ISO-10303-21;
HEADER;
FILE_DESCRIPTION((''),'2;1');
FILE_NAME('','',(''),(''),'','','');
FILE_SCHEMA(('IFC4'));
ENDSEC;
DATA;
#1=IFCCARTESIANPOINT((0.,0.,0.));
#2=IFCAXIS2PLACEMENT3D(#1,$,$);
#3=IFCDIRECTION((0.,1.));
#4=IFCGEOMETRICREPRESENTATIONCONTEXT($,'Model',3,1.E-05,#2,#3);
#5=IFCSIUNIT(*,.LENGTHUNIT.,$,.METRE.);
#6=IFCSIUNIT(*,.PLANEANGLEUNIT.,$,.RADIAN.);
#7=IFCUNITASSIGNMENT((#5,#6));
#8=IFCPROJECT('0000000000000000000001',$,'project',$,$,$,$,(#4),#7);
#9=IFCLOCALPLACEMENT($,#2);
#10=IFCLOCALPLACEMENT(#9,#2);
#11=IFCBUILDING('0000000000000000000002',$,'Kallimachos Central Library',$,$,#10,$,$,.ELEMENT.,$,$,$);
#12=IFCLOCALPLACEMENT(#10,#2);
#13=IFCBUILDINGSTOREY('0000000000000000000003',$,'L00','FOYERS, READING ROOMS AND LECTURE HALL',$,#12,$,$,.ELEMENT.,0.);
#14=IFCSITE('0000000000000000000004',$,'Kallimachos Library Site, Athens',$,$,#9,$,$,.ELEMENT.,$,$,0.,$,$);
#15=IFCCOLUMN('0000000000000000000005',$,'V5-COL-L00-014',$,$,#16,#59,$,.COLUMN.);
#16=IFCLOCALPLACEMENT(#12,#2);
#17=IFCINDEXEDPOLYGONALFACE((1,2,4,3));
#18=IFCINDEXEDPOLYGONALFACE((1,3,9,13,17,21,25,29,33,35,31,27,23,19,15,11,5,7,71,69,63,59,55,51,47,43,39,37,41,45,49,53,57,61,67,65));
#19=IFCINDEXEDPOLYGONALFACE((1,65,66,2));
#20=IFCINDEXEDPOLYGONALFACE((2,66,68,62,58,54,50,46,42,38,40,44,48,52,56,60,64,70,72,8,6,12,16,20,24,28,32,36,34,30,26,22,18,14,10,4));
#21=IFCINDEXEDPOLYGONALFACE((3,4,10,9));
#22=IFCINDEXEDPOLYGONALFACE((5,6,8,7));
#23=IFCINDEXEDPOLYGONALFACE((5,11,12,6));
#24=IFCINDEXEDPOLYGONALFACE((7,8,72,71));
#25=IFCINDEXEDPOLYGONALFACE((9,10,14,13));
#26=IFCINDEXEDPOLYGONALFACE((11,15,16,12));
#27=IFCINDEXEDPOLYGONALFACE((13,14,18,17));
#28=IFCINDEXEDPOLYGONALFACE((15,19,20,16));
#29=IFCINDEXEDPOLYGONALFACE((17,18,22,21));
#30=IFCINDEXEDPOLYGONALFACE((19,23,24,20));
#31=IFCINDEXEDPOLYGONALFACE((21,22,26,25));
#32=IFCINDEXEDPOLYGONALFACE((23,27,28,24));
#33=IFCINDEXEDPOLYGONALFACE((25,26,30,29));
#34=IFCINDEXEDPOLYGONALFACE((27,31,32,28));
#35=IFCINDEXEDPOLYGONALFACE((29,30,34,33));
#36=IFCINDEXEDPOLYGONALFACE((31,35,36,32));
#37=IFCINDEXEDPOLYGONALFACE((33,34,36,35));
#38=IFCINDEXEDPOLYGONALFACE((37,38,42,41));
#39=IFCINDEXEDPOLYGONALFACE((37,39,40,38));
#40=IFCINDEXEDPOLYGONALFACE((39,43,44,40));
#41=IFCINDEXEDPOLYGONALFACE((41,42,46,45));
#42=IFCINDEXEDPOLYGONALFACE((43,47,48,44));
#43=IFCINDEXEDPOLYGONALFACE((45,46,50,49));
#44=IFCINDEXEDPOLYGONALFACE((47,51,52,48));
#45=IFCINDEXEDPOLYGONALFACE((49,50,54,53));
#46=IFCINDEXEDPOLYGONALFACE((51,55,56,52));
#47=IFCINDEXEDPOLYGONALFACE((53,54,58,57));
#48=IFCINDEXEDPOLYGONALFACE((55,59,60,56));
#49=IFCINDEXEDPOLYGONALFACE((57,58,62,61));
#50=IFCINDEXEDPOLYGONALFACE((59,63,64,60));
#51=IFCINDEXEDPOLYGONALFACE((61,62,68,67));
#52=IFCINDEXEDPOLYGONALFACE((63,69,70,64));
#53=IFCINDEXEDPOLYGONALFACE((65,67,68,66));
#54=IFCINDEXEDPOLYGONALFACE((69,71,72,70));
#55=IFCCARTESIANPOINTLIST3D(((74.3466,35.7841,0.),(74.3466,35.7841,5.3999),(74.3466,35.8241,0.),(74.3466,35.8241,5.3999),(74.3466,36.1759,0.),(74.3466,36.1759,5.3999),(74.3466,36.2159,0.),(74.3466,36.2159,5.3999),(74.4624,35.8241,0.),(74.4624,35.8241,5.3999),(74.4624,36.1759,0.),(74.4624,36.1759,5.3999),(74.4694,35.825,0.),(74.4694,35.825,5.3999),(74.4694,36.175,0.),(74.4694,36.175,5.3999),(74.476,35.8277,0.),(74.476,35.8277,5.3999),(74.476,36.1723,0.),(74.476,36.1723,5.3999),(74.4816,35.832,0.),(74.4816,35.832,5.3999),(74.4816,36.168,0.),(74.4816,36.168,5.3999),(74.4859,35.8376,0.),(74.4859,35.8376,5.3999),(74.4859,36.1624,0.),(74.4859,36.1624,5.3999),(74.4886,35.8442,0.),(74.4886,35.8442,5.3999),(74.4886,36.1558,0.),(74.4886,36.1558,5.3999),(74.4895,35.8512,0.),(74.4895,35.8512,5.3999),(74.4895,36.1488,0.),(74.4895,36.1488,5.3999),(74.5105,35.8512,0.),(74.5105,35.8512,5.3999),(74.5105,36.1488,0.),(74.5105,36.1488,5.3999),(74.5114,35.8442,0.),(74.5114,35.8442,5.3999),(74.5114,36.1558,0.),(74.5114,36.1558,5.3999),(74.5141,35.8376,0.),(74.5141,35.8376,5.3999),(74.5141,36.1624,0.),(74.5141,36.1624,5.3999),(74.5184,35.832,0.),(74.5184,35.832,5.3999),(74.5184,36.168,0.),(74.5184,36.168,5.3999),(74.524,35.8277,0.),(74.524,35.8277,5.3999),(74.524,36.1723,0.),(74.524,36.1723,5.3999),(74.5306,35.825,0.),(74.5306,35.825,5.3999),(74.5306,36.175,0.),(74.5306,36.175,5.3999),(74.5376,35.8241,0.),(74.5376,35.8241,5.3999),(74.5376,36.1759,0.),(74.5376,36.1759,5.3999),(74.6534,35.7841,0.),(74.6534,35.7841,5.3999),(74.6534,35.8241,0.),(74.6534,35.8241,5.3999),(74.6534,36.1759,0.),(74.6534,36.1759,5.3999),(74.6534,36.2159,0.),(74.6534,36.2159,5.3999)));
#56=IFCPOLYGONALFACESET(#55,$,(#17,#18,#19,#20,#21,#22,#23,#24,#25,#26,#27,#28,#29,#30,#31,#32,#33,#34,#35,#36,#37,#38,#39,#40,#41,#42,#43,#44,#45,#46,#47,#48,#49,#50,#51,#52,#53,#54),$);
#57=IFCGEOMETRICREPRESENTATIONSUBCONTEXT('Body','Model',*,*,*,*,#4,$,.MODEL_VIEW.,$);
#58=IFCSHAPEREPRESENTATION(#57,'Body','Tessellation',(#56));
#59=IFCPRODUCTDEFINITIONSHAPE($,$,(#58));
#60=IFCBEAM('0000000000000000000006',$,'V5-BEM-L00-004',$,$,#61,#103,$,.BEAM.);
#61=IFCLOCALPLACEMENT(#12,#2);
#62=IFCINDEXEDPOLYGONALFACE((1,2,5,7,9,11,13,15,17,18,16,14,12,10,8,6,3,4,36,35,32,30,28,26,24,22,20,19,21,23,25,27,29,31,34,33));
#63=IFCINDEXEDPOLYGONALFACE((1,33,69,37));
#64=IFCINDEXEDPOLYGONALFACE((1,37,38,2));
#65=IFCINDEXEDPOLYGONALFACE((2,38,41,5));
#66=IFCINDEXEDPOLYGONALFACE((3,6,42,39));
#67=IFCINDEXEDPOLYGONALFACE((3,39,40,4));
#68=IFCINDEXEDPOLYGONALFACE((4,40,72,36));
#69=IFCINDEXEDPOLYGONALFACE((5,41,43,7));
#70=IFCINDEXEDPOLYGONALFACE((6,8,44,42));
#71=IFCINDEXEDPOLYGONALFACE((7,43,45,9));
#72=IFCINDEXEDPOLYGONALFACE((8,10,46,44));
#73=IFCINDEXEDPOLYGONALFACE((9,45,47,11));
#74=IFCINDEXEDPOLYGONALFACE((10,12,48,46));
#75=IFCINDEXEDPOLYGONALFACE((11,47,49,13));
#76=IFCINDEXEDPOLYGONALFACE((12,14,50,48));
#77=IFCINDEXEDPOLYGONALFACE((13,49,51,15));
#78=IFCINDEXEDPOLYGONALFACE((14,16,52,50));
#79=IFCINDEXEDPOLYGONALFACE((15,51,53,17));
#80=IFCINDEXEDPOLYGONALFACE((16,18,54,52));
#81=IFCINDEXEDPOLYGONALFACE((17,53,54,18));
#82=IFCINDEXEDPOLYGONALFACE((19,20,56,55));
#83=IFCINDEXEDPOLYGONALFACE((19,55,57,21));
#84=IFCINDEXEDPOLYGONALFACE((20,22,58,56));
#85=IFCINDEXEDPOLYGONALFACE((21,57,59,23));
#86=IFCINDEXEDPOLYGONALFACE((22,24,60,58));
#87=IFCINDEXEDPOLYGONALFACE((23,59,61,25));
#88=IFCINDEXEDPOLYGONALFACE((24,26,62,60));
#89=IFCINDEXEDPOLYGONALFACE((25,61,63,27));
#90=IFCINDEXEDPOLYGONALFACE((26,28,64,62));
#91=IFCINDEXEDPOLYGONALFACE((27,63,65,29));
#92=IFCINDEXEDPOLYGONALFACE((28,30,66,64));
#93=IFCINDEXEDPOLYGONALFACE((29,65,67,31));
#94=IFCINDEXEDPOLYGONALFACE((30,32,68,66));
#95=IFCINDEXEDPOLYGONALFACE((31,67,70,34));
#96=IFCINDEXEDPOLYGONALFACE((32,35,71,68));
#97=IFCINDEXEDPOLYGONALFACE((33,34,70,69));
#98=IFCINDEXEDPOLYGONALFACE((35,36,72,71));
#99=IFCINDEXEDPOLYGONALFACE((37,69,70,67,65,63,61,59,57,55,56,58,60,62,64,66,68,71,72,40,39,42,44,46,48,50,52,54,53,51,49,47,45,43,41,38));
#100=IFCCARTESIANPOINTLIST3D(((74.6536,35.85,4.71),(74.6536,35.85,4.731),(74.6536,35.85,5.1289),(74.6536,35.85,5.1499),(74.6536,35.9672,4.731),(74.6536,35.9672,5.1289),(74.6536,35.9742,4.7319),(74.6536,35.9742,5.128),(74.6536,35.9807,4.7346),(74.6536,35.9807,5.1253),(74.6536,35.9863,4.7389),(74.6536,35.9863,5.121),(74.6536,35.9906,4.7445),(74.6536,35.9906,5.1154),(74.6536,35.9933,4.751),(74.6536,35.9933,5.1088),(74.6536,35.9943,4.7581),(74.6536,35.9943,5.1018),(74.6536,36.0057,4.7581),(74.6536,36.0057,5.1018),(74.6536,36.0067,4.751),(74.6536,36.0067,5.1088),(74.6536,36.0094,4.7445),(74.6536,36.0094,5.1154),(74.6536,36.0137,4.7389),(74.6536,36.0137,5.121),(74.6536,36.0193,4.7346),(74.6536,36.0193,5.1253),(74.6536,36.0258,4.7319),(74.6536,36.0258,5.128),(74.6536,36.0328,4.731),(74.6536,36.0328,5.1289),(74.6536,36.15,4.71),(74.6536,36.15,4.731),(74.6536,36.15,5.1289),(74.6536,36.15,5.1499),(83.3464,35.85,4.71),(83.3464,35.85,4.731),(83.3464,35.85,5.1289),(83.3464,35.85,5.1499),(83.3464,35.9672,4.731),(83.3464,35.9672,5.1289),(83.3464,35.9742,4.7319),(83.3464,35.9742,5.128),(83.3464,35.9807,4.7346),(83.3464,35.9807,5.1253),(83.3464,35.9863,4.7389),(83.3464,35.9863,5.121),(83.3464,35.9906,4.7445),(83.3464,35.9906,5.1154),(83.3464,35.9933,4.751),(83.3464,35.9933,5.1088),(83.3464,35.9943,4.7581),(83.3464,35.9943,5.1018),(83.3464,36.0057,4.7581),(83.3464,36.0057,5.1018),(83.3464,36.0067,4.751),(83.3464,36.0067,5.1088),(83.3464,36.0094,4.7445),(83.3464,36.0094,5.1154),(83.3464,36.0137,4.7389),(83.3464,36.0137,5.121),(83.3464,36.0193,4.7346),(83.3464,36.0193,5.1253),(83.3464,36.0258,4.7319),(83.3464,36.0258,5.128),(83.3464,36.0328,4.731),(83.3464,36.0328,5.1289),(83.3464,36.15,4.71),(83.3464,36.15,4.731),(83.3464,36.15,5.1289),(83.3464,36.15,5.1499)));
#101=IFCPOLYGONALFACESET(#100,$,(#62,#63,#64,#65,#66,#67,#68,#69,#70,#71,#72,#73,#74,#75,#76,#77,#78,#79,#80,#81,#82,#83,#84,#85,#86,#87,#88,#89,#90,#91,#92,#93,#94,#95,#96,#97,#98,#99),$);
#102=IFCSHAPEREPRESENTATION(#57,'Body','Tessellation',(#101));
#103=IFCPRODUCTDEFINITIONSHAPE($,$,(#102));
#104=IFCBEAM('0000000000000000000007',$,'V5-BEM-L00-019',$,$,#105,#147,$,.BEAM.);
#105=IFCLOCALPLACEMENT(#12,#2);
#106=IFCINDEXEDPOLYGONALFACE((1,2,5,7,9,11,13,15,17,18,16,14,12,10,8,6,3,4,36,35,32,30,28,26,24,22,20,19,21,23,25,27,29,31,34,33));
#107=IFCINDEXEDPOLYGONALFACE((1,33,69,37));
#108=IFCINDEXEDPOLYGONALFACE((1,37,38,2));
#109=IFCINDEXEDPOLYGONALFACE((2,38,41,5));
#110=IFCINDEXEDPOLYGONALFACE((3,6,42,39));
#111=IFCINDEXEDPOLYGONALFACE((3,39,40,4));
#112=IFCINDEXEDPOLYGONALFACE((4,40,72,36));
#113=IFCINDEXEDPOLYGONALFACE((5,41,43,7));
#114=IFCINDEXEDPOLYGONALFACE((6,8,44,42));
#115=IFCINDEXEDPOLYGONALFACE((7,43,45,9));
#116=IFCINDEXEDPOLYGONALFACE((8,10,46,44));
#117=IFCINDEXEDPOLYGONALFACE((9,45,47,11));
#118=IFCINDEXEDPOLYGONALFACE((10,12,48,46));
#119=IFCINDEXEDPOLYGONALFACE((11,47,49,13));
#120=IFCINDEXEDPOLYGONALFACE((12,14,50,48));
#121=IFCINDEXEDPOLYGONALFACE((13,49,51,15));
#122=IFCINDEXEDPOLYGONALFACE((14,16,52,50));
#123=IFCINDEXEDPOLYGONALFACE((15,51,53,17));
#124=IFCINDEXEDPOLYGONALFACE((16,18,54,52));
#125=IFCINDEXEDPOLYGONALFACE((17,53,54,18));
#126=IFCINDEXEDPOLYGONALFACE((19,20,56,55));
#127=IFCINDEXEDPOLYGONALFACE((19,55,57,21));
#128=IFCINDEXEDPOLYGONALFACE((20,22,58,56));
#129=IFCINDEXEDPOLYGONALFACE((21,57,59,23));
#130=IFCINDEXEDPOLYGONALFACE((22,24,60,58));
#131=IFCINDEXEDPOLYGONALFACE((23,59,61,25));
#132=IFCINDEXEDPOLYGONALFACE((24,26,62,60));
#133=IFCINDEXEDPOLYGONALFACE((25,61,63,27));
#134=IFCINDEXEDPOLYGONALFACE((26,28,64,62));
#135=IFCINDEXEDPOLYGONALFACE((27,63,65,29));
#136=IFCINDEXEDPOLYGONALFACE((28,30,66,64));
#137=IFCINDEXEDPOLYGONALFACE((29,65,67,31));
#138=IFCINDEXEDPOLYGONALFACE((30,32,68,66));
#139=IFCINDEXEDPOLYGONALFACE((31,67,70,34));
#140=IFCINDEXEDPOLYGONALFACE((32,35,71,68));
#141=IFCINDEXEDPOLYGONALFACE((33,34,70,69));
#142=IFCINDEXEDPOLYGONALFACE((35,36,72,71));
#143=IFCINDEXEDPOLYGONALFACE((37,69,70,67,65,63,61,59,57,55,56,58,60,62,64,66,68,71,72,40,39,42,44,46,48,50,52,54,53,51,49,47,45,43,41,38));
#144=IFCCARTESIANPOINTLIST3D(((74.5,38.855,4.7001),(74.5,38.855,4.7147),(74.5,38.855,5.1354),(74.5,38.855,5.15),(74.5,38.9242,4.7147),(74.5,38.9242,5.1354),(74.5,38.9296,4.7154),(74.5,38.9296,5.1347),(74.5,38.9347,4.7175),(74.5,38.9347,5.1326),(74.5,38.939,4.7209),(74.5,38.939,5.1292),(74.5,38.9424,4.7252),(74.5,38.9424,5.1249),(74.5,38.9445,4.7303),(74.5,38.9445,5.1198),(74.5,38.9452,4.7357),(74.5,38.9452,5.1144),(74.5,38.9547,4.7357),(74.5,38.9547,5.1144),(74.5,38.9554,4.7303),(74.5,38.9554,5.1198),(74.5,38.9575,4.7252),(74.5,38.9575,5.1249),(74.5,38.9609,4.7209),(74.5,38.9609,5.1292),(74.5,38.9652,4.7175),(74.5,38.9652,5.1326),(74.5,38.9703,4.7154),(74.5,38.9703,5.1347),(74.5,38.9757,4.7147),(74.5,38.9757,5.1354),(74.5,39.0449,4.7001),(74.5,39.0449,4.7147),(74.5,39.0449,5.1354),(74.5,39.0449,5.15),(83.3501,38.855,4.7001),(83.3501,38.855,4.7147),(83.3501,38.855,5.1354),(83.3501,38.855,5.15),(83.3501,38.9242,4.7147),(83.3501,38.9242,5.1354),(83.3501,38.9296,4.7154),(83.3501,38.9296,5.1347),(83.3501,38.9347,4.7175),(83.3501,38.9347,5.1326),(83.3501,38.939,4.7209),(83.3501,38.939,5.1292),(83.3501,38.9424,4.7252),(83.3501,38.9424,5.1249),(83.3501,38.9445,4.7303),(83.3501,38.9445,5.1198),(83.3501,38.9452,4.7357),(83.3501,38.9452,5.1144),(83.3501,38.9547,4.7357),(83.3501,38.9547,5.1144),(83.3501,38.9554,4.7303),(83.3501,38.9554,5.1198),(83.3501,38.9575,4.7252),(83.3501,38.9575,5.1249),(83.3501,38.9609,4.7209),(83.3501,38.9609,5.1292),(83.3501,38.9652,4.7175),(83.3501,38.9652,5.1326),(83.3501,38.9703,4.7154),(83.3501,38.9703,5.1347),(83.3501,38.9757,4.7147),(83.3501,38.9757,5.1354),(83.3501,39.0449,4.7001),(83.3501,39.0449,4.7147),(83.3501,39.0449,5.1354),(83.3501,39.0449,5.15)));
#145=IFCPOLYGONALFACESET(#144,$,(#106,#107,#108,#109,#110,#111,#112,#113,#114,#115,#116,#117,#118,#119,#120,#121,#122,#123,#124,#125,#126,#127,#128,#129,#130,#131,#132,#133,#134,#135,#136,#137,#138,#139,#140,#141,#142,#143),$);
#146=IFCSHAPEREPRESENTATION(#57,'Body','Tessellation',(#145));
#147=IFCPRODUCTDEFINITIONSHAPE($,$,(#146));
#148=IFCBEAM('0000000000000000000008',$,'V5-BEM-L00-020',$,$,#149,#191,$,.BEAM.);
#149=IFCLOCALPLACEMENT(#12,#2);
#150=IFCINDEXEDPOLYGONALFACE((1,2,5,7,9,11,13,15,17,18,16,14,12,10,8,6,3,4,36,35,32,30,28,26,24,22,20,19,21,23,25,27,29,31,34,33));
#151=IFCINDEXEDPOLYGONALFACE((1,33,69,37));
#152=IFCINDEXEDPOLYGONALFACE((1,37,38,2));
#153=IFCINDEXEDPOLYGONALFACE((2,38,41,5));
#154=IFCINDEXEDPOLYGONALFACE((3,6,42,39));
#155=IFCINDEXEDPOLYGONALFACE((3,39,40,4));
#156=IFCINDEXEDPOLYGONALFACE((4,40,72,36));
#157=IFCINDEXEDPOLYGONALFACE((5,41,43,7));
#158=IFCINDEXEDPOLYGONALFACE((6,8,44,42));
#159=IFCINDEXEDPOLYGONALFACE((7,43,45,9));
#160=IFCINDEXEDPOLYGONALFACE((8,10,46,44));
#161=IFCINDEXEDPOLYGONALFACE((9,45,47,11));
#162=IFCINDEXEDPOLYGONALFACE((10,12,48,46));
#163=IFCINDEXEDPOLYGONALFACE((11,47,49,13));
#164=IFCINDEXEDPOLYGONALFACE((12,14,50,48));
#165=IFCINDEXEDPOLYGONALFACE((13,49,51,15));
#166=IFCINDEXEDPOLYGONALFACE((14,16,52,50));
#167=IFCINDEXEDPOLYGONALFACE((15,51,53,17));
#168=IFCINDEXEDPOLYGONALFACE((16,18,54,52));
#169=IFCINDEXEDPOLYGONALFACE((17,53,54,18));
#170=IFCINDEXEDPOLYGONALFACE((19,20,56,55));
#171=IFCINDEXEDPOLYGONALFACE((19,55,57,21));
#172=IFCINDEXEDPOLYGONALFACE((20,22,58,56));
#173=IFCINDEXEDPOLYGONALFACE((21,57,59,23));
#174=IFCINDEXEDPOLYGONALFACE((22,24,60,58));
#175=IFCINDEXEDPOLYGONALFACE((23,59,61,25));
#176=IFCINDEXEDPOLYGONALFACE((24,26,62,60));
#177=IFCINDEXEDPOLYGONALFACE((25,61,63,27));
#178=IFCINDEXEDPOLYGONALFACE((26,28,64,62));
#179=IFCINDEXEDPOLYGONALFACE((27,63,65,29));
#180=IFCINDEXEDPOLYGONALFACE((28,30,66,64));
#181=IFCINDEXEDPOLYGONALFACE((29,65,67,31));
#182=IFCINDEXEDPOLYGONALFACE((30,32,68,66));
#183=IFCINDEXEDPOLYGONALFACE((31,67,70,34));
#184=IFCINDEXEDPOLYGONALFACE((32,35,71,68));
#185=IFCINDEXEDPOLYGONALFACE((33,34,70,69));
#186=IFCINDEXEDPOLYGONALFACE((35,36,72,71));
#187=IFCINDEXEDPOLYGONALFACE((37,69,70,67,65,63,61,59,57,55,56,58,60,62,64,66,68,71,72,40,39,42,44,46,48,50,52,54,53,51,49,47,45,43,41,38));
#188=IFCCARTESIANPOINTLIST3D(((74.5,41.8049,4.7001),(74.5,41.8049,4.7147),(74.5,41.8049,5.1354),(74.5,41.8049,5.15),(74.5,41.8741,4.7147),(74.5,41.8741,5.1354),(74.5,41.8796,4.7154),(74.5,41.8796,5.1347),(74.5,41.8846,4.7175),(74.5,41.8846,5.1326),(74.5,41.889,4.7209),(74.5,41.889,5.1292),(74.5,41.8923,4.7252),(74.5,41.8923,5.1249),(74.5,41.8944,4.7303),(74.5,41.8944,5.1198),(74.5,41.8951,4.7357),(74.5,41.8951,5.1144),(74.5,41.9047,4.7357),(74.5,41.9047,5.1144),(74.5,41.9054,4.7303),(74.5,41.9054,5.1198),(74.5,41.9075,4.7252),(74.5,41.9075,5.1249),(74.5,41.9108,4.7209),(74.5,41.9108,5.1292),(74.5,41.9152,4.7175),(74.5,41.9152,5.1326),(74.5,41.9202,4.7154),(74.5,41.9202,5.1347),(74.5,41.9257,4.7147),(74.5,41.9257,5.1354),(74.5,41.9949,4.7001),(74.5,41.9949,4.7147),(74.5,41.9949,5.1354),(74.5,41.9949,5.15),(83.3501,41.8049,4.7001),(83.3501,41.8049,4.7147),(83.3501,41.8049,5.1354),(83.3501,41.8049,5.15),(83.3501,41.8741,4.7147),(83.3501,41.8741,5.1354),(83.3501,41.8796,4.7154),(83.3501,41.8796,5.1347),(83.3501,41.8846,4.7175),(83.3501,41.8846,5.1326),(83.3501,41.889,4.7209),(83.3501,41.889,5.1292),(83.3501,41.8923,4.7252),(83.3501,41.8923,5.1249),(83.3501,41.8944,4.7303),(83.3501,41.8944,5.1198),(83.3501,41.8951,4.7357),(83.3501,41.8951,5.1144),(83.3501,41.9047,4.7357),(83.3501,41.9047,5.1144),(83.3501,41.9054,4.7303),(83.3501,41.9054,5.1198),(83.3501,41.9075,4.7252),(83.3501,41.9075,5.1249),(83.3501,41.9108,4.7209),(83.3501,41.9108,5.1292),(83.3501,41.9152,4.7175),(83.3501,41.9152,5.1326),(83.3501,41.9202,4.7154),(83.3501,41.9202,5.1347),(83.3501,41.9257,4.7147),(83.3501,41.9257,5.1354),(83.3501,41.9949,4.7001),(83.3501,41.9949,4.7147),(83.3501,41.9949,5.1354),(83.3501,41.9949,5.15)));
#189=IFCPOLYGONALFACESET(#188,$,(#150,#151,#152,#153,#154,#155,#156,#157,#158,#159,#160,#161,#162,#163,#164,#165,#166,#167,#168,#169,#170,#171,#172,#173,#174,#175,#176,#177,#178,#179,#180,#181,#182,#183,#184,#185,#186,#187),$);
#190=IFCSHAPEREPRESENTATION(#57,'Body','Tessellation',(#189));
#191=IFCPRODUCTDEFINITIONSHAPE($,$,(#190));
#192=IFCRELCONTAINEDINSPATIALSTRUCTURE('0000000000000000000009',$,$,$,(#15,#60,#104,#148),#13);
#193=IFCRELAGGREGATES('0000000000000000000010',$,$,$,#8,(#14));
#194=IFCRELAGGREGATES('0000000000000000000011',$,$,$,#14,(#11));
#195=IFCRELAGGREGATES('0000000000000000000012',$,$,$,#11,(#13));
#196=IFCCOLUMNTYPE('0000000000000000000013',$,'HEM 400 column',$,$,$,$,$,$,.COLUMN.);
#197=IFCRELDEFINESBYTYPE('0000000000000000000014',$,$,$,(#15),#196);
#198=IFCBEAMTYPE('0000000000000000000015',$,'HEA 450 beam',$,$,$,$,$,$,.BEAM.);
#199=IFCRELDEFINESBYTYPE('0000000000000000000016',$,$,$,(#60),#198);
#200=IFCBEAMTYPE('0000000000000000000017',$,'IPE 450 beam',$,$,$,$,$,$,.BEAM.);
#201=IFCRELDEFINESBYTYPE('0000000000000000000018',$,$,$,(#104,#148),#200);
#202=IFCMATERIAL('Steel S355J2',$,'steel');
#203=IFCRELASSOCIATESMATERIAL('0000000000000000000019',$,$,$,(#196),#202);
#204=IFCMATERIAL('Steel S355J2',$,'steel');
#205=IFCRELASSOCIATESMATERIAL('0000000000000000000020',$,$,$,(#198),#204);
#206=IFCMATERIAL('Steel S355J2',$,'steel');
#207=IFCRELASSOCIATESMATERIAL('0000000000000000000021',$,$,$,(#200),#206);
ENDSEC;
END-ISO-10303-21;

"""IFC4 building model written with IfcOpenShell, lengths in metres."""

from ifc_helpers import new_model, si_unit, direction, frame, origin, origin_2d, place, context, subcontext, project, spatial, i_section, extrude, material, material_profile, profile_set, type_object, element, save


model = new_model("IFC4")

# Units and contexts
model_context = context("Model", 3, precision=1e-05, world=origin(), true_north=direction((0.0, 1.0)))
body_context = subcontext(model_context, "Body", "Model", "MODEL_VIEW")
ifc_project = project(units=[si_unit("LENGTHUNIT", "METRE"), si_unit("PLANEANGLEUNIT", "RADIAN")], contexts=[model_context])

# Site, building, storey
site_placement = place(None, origin())
site = spatial("IfcSite", under=ifc_project, at=site_placement, Name="Kallimachos Library Site, Athens", CompositionType="ELEMENT", RefElevation=0.0)
building_placement = place(site_placement, origin())
building = spatial("IfcBuilding", under=site, at=building_placement, Name="Kallimachos Central Library", CompositionType="ELEMENT")
storey_placement = place(building_placement, origin())
storey = spatial("IfcBuildingStorey", under=building, at=storey_placement, Name="L00", Description="FOYERS, READING ROOMS AND LECTURE HALL", CompositionType="ELEMENT", Elevation=0.0)

# Column
ifc_material_1 = material(Name="Steel S355J2", Category="steel")
ifc_material_profile_1 = material_profile(ifc_material_1, i_section(OverallWidth=0.3069, OverallDepth=0.4319, WebThickness=0.021, FlangeThickness=0.04, FilletRadius=0.0271, at=origin_2d()), Name="HEM 400")
ifc_profile_set_1 = profile_set([ifc_material_profile_1], Name="Steel S355J2")
column_type_1 = type_object("IfcColumnType", Name="HEM 400 column", PredefinedType="COLUMN", material=ifc_profile_set_1)
column_1_placement = place(storey_placement, frame((74.5, 36.0, 0.0), z_axis=(0.0, 0.0, 1.0), x_axis=(1.0, 0.0, 0.0)))
element("IfcColumn", 1, at=column_1_placement, inside=storey, type_object=column_type_1, Name="V5-COL-L00-014", PredefinedType="COLUMN", context=body_context, shape_type="SweptSolid", body=[
    extrude(i_section(OverallWidth=0.3069, OverallDepth=0.4319, WebThickness=0.021, FlangeThickness=0.04, FilletRadius=0.0271, at=origin_2d()), origin(), (0.0, 0.0, 1.0), 5.3999),
])

# Beams
ifc_material_2 = material(Name="Steel S355J2", Category="steel")
ifc_material_profile_2 = material_profile(ifc_material_2, i_section(OverallWidth=0.3, OverallDepth=0.4399, WebThickness=0.0115, FlangeThickness=0.021, FilletRadius=0.0271, at=origin_2d()), Name="HEA 450")
ifc_profile_set_2 = profile_set([ifc_material_profile_2], Name="Steel S355J2")
beam_type_1 = type_object("IfcBeamType", Name="HEA 450 beam", PredefinedType="BEAM", material=ifc_profile_set_2)
beam_placement = place(storey_placement, frame((74.6536, 36.0, 4.9299), z_axis=(1.0, 0.0, 0.0), x_axis=(0.0, 1.0, 0.0)))
element("IfcBeam", 2, at=beam_placement, inside=storey, type_object=beam_type_1, Name="V5-BEM-L00-004", PredefinedType="BEAM", context=body_context, shape_type="SweptSolid", body=[
    extrude(i_section(OverallWidth=0.3, OverallDepth=0.4399, WebThickness=0.0115, FlangeThickness=0.021, FilletRadius=0.0271, at=origin_2d()), origin(), (0.0, 0.0, 1.0), 8.6929),
])
ifc_material_3 = material(Name="Steel S355J2", Category="steel")
ifc_material_profile_3 = material_profile(ifc_material_3, i_section(OverallWidth=0.1899, OverallDepth=0.45, WebThickness=0.0095, FlangeThickness=0.0146, FilletRadius=0.021, at=origin_2d()), Name="IPE 450")
ifc_profile_set_3 = profile_set([ifc_material_profile_3], Name="Steel S355J2")
beam_type_2 = type_object("IfcBeamType", Name="IPE 450 beam", PredefinedType="BEAM", material=ifc_profile_set_3)
for number, where, z_axis, x_axis, name in (
    (3, (74.5, 38.95, 4.925), (1.0, 0.0, 0.0), (0.0, 1.0, 0.0), "V5-BEM-L00-019"),
    (4, (74.5, 41.8999, 4.925), (1.0, 0.0, 0.0), (0.0, 1.0, 0.0), "V5-BEM-L00-020"),
):
    element("IfcBeam", number, at=place(storey_placement, frame(where, z_axis=z_axis, x_axis=x_axis)), inside=storey, type_object=beam_type_2, Name=name, PredefinedType="BEAM", context=body_context, shape_type="SweptSolid", body=[
        extrude(i_section(OverallWidth=0.1899, OverallDepth=0.45, WebThickness=0.0095, FlangeThickness=0.0146, FilletRadius=0.021, at=origin_2d()), origin(), (0.0, 0.0, 1.0), 8.8501),
    ])

save(model, "model.ifc")
